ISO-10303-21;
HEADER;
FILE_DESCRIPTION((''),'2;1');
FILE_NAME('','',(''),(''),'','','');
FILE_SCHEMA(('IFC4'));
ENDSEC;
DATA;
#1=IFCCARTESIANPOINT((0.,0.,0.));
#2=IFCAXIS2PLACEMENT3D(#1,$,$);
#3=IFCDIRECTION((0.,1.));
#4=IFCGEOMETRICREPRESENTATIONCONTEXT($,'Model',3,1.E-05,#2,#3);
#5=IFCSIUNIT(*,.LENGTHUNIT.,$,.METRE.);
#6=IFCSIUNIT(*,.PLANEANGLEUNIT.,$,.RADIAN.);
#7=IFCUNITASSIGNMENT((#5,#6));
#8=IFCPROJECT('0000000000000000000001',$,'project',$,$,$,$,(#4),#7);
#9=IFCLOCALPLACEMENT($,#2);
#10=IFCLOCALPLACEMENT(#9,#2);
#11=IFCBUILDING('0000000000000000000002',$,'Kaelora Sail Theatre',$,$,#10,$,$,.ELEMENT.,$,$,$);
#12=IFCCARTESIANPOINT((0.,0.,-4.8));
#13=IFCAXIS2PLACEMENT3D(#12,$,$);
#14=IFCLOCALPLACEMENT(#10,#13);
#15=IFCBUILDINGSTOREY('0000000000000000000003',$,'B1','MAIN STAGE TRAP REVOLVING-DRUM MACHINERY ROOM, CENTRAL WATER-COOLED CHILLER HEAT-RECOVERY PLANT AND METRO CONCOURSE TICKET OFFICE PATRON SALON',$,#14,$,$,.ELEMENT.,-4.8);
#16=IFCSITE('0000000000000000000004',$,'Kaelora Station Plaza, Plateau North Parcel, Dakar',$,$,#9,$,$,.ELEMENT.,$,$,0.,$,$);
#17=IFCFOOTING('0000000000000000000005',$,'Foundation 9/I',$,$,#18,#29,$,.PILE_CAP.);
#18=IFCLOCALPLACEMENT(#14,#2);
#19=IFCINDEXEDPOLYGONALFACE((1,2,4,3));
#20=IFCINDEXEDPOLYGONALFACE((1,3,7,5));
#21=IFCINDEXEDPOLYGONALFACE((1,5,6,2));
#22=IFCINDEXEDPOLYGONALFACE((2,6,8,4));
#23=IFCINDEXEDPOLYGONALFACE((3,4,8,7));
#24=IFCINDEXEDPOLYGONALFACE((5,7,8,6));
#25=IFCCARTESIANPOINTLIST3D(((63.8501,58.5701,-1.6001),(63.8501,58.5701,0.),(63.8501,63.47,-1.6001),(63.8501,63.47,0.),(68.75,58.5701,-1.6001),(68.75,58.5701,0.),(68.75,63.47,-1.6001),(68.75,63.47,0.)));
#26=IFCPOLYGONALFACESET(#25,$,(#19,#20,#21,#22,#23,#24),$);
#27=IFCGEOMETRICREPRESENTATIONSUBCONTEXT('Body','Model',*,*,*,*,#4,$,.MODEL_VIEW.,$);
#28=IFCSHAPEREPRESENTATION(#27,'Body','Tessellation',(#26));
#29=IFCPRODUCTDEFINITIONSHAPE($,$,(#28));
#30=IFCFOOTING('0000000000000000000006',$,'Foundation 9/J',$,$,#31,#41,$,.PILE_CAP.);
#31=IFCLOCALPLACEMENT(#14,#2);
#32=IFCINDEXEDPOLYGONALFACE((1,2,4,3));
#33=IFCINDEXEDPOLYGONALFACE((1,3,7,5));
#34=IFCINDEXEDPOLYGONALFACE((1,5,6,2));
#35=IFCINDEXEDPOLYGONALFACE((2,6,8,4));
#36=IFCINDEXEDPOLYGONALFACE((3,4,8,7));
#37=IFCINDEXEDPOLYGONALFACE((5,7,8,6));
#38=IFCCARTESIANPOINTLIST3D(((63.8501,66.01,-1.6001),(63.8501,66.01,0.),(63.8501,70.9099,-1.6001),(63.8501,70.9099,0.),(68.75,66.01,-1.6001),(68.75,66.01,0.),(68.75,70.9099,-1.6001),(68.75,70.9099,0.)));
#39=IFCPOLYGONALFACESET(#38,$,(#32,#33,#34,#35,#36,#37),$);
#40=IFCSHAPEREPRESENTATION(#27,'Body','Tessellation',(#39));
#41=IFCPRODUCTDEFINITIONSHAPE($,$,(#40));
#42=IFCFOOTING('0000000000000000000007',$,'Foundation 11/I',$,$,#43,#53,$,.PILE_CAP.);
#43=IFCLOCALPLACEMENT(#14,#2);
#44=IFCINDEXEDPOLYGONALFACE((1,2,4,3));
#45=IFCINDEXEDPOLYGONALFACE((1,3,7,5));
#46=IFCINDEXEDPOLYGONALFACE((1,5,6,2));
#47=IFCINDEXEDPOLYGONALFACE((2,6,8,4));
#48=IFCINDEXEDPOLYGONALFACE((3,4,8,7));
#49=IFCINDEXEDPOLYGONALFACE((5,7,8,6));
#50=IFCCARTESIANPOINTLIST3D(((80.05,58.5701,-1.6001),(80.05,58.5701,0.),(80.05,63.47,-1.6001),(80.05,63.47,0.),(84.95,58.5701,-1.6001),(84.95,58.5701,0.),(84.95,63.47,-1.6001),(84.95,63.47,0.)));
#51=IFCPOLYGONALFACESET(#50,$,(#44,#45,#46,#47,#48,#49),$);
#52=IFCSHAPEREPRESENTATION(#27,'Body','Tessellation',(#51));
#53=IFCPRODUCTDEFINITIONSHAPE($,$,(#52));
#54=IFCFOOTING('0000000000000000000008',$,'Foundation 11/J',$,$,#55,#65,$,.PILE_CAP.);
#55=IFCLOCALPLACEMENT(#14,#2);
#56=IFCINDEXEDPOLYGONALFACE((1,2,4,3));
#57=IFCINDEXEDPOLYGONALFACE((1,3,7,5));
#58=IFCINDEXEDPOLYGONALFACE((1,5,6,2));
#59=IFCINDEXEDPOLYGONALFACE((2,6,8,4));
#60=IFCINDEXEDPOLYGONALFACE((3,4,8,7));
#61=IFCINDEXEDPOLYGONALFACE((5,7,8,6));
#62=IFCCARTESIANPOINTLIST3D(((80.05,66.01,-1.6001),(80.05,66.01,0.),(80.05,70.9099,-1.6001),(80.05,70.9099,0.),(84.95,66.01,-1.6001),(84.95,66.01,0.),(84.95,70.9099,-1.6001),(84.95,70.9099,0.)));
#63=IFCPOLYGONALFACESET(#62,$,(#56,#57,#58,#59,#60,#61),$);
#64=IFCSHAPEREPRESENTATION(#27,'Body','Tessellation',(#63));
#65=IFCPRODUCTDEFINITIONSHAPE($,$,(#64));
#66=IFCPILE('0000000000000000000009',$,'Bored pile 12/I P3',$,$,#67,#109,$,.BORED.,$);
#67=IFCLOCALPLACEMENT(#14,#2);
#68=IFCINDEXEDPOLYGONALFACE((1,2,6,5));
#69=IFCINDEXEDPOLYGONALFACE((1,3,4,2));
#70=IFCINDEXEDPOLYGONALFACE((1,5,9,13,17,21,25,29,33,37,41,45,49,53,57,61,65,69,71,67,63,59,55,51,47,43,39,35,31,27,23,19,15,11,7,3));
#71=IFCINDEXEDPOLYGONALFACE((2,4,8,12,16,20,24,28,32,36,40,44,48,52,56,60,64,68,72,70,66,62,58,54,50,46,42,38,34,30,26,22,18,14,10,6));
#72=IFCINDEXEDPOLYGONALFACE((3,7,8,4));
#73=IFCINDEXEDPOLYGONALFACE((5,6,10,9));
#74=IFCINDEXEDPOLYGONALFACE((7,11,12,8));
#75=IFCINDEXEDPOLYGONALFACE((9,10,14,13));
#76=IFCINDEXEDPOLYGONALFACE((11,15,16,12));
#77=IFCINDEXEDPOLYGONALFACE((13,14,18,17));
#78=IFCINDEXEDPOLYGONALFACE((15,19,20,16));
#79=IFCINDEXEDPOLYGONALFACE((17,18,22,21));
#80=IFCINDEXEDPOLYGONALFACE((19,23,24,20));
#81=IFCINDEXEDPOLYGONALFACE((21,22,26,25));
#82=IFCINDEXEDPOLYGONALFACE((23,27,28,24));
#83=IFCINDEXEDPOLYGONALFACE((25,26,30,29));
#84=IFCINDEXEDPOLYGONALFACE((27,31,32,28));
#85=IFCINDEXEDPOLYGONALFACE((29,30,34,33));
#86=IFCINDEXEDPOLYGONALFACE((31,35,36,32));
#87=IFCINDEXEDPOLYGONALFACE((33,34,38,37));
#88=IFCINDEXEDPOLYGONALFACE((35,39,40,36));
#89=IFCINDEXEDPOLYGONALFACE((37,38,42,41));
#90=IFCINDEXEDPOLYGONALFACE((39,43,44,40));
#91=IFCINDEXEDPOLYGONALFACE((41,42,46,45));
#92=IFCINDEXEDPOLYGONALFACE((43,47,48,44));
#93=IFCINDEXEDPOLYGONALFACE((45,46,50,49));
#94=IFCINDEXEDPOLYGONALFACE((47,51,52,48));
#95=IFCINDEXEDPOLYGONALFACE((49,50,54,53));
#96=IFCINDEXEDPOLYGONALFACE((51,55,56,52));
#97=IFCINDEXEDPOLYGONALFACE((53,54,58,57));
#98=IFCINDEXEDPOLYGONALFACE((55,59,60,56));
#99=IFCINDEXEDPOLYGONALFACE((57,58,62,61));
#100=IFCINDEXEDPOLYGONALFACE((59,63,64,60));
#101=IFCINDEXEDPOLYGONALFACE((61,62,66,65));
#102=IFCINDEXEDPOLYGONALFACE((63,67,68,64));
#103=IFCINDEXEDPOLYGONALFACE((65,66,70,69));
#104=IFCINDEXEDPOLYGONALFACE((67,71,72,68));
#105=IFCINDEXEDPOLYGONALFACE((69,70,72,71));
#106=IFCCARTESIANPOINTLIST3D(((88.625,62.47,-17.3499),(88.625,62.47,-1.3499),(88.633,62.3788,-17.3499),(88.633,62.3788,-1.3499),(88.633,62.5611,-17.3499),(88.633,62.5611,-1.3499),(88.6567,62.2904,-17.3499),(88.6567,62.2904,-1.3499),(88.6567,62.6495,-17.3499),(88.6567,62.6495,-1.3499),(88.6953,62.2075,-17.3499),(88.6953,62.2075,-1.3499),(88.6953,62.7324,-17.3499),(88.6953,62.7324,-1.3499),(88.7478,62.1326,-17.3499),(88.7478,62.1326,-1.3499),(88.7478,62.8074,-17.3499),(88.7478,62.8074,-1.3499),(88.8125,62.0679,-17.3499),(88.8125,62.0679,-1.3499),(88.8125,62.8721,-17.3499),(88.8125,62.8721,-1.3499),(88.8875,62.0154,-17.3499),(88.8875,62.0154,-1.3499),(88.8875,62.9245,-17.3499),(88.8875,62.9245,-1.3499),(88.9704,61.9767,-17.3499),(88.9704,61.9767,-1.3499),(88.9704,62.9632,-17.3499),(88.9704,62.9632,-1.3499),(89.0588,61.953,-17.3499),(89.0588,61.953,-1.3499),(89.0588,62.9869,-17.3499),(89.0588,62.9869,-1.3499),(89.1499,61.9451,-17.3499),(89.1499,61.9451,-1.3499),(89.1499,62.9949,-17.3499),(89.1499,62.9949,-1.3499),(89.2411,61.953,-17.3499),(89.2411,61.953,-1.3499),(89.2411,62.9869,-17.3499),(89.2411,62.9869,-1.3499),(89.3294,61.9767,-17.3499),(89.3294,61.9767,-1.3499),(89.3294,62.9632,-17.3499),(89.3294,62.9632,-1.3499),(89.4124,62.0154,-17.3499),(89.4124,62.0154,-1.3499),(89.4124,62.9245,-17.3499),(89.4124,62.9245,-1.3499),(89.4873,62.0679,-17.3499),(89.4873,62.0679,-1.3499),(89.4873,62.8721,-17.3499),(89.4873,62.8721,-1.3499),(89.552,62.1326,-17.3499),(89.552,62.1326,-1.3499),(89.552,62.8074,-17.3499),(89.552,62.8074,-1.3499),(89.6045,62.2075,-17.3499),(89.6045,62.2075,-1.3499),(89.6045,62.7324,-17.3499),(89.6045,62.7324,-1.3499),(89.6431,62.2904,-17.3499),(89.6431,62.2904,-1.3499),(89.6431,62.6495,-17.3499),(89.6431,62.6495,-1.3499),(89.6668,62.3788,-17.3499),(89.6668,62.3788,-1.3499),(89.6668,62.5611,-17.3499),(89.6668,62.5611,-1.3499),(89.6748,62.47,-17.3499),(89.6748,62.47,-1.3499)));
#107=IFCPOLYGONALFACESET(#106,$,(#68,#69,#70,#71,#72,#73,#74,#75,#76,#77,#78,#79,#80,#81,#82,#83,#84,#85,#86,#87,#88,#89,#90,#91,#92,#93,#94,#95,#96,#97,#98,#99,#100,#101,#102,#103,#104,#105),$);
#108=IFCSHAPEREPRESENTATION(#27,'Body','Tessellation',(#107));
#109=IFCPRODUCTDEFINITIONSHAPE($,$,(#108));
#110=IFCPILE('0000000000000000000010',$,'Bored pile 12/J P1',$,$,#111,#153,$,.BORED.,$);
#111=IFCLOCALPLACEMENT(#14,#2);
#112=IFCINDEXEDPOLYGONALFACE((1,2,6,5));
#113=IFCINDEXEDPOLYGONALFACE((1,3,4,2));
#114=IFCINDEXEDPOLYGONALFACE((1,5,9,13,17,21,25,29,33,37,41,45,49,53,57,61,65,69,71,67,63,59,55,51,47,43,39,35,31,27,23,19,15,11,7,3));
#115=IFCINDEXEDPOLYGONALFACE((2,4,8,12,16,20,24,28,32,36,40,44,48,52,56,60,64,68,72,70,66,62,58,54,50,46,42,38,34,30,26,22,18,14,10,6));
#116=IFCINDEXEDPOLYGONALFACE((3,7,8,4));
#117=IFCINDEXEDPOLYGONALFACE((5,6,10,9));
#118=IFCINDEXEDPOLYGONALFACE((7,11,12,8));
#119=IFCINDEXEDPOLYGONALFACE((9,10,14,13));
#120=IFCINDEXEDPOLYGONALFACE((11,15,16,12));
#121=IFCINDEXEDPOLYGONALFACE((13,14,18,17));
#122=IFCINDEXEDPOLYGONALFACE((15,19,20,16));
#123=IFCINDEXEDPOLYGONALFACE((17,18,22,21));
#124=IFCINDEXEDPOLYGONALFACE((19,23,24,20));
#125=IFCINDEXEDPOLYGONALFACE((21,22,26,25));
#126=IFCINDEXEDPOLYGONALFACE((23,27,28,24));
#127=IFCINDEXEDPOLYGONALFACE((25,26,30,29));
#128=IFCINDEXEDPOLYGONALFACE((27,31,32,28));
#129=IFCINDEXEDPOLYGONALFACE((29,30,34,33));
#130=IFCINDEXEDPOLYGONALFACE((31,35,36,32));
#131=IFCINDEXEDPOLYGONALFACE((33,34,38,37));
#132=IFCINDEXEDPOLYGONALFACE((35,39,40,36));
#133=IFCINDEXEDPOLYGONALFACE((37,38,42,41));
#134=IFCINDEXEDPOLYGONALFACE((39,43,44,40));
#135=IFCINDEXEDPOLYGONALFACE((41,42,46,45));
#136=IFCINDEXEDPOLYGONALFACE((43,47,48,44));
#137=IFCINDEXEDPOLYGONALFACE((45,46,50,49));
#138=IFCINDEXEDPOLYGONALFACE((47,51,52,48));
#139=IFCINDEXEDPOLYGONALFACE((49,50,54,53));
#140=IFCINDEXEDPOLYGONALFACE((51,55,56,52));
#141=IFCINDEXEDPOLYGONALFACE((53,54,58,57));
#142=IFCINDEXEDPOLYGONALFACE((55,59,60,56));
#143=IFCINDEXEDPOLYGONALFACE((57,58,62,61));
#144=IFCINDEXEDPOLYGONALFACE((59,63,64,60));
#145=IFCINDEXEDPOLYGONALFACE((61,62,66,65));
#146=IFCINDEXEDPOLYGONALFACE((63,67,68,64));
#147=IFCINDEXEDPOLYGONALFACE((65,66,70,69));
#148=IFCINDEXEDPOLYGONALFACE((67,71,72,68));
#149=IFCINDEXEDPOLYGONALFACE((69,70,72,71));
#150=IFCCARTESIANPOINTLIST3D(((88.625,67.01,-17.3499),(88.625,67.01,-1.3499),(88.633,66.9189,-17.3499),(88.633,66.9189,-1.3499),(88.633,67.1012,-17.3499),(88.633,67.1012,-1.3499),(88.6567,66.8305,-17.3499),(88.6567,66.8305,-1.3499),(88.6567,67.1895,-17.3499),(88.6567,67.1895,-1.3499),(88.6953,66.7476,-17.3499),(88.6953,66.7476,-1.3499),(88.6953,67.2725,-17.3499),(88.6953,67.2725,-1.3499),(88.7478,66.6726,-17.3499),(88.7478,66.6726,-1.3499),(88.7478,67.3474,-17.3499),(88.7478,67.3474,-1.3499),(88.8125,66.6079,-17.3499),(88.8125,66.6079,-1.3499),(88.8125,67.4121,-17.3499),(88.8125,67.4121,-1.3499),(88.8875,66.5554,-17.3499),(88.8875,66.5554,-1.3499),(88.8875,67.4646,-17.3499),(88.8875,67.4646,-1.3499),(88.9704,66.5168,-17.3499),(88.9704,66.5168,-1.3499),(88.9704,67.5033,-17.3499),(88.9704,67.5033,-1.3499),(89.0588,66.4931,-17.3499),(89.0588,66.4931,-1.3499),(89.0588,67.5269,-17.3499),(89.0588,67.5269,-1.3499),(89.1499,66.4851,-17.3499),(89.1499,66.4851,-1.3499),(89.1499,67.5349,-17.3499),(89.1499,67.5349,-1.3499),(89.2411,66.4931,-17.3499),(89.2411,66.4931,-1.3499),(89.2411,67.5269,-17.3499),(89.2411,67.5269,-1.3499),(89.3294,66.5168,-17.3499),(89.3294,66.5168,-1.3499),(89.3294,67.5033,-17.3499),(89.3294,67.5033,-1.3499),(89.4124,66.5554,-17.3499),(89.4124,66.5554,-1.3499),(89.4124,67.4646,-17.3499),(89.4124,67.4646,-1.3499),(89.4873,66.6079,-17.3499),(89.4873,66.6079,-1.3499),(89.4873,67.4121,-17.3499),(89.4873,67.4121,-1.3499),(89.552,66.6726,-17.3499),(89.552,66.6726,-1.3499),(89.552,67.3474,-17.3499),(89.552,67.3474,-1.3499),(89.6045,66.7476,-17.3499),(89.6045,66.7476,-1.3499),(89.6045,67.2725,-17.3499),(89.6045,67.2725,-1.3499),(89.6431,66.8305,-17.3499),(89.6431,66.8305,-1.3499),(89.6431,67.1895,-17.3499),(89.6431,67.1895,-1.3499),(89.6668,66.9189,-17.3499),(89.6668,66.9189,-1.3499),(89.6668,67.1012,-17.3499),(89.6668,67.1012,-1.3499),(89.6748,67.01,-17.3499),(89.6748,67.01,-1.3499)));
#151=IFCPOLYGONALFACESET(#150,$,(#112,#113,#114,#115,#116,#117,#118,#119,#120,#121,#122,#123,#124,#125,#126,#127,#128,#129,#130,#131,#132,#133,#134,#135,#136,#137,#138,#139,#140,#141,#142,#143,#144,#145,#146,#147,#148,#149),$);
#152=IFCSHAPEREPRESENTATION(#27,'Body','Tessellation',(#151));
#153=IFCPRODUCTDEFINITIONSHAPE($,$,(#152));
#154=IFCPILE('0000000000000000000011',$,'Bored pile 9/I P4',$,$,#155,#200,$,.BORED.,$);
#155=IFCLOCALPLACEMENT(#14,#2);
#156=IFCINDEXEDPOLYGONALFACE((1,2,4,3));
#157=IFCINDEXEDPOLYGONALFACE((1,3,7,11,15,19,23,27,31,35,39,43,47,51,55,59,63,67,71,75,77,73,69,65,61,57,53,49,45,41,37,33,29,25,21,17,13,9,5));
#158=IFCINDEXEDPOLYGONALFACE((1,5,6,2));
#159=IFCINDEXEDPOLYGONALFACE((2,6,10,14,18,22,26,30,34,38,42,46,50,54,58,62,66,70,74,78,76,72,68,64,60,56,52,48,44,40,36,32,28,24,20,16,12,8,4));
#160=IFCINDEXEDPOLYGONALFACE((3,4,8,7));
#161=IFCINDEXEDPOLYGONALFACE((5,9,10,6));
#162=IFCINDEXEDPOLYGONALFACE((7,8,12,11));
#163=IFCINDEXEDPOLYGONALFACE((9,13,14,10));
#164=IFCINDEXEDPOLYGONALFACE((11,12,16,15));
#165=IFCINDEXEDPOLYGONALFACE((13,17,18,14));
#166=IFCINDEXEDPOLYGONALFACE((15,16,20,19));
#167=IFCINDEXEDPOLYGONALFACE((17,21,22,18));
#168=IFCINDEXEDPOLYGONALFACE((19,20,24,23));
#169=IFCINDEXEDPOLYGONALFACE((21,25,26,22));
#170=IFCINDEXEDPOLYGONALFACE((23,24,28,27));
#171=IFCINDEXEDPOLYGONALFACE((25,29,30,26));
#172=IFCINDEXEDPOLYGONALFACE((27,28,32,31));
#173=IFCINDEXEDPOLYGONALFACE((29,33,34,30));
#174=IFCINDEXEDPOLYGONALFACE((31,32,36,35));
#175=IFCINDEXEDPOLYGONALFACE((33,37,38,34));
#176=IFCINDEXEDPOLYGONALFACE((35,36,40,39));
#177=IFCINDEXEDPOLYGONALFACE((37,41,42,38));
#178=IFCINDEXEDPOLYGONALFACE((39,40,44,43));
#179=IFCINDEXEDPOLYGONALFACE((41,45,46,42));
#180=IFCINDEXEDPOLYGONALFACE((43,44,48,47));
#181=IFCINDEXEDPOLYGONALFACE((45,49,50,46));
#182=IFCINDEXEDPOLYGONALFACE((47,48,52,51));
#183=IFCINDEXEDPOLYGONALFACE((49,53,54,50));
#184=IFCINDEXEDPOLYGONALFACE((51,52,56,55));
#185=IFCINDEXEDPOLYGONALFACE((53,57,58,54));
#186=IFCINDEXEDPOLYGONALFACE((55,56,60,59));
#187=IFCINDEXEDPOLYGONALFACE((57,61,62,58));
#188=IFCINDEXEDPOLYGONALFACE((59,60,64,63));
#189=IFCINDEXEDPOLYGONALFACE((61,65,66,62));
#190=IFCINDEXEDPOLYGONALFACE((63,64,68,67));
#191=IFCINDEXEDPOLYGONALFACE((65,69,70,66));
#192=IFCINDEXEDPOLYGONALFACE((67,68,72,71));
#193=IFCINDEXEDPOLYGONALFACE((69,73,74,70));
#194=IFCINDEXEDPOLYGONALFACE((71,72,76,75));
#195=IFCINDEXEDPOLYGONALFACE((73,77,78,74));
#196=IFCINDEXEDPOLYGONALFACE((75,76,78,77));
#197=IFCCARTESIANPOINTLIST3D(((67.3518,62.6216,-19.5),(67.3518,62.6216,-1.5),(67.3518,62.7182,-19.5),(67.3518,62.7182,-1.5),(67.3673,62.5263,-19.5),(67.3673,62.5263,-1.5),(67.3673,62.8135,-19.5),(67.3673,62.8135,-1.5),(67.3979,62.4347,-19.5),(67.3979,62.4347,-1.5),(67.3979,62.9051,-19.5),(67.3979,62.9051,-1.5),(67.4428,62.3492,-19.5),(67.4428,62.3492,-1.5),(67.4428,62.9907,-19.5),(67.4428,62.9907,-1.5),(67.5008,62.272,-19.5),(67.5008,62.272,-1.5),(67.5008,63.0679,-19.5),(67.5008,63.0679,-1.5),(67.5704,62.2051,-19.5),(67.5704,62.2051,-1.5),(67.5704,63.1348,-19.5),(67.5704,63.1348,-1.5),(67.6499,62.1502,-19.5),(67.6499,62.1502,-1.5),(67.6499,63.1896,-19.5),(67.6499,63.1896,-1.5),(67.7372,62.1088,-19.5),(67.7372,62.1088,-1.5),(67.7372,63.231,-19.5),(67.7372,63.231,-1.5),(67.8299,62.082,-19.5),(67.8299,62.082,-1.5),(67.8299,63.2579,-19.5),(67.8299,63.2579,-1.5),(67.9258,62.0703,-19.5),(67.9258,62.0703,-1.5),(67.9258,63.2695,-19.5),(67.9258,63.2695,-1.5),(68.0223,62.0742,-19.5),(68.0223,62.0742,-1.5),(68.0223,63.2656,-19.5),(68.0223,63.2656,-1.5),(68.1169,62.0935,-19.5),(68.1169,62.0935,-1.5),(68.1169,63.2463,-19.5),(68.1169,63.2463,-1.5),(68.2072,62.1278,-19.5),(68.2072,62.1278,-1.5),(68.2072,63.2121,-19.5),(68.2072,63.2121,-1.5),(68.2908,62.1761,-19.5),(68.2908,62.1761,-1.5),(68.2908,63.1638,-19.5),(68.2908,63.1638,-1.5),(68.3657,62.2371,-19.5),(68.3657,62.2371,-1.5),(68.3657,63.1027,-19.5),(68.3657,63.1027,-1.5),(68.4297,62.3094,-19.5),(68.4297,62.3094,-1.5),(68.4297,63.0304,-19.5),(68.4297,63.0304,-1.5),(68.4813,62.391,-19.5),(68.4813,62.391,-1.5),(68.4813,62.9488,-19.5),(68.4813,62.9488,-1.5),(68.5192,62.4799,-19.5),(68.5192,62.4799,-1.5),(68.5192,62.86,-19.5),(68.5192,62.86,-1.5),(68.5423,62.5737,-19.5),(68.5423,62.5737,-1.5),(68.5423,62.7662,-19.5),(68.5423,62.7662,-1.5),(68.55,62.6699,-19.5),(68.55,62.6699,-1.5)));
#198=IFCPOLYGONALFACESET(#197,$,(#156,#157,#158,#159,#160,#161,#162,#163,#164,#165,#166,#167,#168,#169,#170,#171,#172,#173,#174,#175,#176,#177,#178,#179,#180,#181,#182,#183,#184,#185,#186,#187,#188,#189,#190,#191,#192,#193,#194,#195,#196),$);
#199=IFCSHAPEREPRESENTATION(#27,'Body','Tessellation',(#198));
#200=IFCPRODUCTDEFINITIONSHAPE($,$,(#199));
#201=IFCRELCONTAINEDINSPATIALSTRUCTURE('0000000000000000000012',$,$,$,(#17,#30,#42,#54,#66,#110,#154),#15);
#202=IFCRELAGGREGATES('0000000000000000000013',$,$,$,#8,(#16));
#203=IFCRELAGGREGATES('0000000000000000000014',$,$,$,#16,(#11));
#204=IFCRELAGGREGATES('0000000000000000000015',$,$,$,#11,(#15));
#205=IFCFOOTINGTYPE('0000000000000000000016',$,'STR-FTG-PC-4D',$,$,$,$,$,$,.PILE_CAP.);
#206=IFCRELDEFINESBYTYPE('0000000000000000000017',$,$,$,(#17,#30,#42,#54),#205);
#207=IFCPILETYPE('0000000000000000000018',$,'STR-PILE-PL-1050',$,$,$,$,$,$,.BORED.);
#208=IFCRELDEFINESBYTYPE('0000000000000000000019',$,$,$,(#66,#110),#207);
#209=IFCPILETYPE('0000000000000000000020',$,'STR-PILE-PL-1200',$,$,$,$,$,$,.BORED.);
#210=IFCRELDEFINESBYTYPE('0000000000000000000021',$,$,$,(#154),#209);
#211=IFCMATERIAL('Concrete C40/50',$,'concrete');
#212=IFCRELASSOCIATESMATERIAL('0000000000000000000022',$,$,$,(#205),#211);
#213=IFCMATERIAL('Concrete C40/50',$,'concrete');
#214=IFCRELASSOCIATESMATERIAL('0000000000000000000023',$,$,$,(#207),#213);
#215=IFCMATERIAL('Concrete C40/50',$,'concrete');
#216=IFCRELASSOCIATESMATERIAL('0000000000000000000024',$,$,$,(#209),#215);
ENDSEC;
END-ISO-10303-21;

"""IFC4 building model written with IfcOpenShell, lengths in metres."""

from ifc_helpers import new_model, si_unit, direction, frame, origin, origin_2d, place, context, subcontext, project, spatial, rectangle, circle, extrude, material, material_profile, profile_set, type_object, element, save


model = new_model("IFC4")

# Units and contexts
model_context = context("Model", 3, precision=1e-05, world=origin(), true_north=direction((0.0, 1.0)))
body_context = subcontext(model_context, "Body", "Model", "MODEL_VIEW")
ifc_project = project(units=[si_unit("LENGTHUNIT", "METRE"), si_unit("PLANEANGLEUNIT", "RADIAN")], contexts=[model_context])

# Site, building, storey
site_placement = place(None, origin())
site = spatial("IfcSite", under=ifc_project, at=site_placement, Name="Kaelora Station Plaza, Plateau North Parcel, Dakar", CompositionType="ELEMENT", RefElevation=0.0)
building_placement = place(site_placement, origin())
building = spatial("IfcBuilding", under=site, at=building_placement, Name="Kaelora Sail Theatre", CompositionType="ELEMENT")
storey_placement = place(building_placement, frame((0.0, 0.0, -4.8)))
storey = spatial("IfcBuildingStorey", under=building, at=storey_placement, Name="B1", Description="MAIN STAGE TRAP REVOLVING-DRUM MACHINERY ROOM, CENTRAL WATER-COOLED CHILLER HEAT-RECOVERY PLANT AND METRO CONCOURSE TICKET OFFICE PATRON SALON", CompositionType="ELEMENT", Elevation=-4.8)

# Footings
ifc_material_1 = material(Name="Concrete C40/50", Category="concrete")
footing_type = type_object("IfcFootingType", Name="STR-FTG-PC-4D", PredefinedType="PILE_CAP", material=ifc_material_1)
for number, where, z_axis, x_axis, name in (
    (1, (66.3, 61.02, -1.6001), (0.0, 0.0, 1.0), (1.0, 0.0, 0.0), "Foundation 9/I"),
    (2, (66.3, 68.46, -1.6001), (0.0, 0.0, 1.0), (1.0, 0.0, 0.0), "Foundation 9/J"),
    (3, (82.5, 61.02, -1.6001), (0.0, 0.0, 1.0), (1.0, 0.0, 0.0), "Foundation 11/I"),
    (4, (82.5, 68.46, -1.6001), (0.0, 0.0, 1.0), (1.0, 0.0, 0.0), "Foundation 11/J"),
):
    element("IfcFooting", number, at=place(storey_placement, frame(where, z_axis=z_axis, x_axis=x_axis)), inside=storey, type_object=footing_type, Name=name, PredefinedType="PILE_CAP", context=body_context, shape_type="SweptSolid", body=[
        extrude(rectangle(XDim=4.8999, YDim=4.8999, at=origin_2d()), origin(), (0.0, 0.0, 1.0), 1.6001),
    ])

# Piles
ifc_material_2 = material(Name="Concrete C40/50", Category="concrete")
ifc_material_profile_1 = material_profile(ifc_material_2, circle(Radius=0.5249, at=origin_2d()), Name="PILE D1050")
ifc_profile_set_1 = profile_set([ifc_material_profile_1], Name="Concrete C40/50")
pile_type_1 = type_object("IfcPileType", Name="STR-PILE-PL-1050", PredefinedType="BORED", material=ifc_profile_set_1)
for number, where, z_axis, x_axis, name in (
    (5, (89.1499, 62.47, -1.3499), (0.0, 0.0, -1.0), (1.0, 0.0, 0.0), "Bored pile 12/I P3"),
    (6, (89.1499, 67.01, -1.3499), (0.0, 0.0, -1.0), (1.0, 0.0, 0.0), "Bored pile 12/J P1"),
):
    element("IfcPile", number, at=place(storey_placement, frame(where, z_axis=z_axis, x_axis=x_axis)), inside=storey, type_object=pile_type_1, Name=name, PredefinedType="BORED", context=body_context, shape_type="SweptSolid", body=[
        extrude(circle(Radius=0.5249, at=origin_2d()), origin(), (0.0, 0.0, 1.0), 16.0),
    ])
ifc_material_3 = material(Name="Concrete C40/50", Category="concrete")
ifc_material_profile_2 = material_profile(ifc_material_3, circle(Radius=0.6001, at=origin_2d()), Name="PILE D1200")
ifc_profile_set_2 = profile_set([ifc_material_profile_2], Name="Concrete C40/50")
pile_type_2 = type_object("IfcPileType", Name="STR-PILE-PL-1200", PredefinedType="BORED", material=ifc_profile_set_2)
for number, where, z_axis, x_axis, name in (
    (7, (67.95, 62.6699, -1.5), (0.0, 0.0, -1.0), (1.0, 0.0, 0.0), "Bored pile 9/I P4"),
):
    element("IfcPile", number, at=place(storey_placement, frame(where, z_axis=z_axis, x_axis=x_axis)), inside=storey, type_object=pile_type_2, Name=name, PredefinedType="BORED", context=body_context, shape_type="SweptSolid", body=[
        extrude(circle(Radius=0.6001, at=origin_2d()), origin(), (0.0, 0.0, 1.0), 18.0),
    ])

save(model, "model.ifc")
